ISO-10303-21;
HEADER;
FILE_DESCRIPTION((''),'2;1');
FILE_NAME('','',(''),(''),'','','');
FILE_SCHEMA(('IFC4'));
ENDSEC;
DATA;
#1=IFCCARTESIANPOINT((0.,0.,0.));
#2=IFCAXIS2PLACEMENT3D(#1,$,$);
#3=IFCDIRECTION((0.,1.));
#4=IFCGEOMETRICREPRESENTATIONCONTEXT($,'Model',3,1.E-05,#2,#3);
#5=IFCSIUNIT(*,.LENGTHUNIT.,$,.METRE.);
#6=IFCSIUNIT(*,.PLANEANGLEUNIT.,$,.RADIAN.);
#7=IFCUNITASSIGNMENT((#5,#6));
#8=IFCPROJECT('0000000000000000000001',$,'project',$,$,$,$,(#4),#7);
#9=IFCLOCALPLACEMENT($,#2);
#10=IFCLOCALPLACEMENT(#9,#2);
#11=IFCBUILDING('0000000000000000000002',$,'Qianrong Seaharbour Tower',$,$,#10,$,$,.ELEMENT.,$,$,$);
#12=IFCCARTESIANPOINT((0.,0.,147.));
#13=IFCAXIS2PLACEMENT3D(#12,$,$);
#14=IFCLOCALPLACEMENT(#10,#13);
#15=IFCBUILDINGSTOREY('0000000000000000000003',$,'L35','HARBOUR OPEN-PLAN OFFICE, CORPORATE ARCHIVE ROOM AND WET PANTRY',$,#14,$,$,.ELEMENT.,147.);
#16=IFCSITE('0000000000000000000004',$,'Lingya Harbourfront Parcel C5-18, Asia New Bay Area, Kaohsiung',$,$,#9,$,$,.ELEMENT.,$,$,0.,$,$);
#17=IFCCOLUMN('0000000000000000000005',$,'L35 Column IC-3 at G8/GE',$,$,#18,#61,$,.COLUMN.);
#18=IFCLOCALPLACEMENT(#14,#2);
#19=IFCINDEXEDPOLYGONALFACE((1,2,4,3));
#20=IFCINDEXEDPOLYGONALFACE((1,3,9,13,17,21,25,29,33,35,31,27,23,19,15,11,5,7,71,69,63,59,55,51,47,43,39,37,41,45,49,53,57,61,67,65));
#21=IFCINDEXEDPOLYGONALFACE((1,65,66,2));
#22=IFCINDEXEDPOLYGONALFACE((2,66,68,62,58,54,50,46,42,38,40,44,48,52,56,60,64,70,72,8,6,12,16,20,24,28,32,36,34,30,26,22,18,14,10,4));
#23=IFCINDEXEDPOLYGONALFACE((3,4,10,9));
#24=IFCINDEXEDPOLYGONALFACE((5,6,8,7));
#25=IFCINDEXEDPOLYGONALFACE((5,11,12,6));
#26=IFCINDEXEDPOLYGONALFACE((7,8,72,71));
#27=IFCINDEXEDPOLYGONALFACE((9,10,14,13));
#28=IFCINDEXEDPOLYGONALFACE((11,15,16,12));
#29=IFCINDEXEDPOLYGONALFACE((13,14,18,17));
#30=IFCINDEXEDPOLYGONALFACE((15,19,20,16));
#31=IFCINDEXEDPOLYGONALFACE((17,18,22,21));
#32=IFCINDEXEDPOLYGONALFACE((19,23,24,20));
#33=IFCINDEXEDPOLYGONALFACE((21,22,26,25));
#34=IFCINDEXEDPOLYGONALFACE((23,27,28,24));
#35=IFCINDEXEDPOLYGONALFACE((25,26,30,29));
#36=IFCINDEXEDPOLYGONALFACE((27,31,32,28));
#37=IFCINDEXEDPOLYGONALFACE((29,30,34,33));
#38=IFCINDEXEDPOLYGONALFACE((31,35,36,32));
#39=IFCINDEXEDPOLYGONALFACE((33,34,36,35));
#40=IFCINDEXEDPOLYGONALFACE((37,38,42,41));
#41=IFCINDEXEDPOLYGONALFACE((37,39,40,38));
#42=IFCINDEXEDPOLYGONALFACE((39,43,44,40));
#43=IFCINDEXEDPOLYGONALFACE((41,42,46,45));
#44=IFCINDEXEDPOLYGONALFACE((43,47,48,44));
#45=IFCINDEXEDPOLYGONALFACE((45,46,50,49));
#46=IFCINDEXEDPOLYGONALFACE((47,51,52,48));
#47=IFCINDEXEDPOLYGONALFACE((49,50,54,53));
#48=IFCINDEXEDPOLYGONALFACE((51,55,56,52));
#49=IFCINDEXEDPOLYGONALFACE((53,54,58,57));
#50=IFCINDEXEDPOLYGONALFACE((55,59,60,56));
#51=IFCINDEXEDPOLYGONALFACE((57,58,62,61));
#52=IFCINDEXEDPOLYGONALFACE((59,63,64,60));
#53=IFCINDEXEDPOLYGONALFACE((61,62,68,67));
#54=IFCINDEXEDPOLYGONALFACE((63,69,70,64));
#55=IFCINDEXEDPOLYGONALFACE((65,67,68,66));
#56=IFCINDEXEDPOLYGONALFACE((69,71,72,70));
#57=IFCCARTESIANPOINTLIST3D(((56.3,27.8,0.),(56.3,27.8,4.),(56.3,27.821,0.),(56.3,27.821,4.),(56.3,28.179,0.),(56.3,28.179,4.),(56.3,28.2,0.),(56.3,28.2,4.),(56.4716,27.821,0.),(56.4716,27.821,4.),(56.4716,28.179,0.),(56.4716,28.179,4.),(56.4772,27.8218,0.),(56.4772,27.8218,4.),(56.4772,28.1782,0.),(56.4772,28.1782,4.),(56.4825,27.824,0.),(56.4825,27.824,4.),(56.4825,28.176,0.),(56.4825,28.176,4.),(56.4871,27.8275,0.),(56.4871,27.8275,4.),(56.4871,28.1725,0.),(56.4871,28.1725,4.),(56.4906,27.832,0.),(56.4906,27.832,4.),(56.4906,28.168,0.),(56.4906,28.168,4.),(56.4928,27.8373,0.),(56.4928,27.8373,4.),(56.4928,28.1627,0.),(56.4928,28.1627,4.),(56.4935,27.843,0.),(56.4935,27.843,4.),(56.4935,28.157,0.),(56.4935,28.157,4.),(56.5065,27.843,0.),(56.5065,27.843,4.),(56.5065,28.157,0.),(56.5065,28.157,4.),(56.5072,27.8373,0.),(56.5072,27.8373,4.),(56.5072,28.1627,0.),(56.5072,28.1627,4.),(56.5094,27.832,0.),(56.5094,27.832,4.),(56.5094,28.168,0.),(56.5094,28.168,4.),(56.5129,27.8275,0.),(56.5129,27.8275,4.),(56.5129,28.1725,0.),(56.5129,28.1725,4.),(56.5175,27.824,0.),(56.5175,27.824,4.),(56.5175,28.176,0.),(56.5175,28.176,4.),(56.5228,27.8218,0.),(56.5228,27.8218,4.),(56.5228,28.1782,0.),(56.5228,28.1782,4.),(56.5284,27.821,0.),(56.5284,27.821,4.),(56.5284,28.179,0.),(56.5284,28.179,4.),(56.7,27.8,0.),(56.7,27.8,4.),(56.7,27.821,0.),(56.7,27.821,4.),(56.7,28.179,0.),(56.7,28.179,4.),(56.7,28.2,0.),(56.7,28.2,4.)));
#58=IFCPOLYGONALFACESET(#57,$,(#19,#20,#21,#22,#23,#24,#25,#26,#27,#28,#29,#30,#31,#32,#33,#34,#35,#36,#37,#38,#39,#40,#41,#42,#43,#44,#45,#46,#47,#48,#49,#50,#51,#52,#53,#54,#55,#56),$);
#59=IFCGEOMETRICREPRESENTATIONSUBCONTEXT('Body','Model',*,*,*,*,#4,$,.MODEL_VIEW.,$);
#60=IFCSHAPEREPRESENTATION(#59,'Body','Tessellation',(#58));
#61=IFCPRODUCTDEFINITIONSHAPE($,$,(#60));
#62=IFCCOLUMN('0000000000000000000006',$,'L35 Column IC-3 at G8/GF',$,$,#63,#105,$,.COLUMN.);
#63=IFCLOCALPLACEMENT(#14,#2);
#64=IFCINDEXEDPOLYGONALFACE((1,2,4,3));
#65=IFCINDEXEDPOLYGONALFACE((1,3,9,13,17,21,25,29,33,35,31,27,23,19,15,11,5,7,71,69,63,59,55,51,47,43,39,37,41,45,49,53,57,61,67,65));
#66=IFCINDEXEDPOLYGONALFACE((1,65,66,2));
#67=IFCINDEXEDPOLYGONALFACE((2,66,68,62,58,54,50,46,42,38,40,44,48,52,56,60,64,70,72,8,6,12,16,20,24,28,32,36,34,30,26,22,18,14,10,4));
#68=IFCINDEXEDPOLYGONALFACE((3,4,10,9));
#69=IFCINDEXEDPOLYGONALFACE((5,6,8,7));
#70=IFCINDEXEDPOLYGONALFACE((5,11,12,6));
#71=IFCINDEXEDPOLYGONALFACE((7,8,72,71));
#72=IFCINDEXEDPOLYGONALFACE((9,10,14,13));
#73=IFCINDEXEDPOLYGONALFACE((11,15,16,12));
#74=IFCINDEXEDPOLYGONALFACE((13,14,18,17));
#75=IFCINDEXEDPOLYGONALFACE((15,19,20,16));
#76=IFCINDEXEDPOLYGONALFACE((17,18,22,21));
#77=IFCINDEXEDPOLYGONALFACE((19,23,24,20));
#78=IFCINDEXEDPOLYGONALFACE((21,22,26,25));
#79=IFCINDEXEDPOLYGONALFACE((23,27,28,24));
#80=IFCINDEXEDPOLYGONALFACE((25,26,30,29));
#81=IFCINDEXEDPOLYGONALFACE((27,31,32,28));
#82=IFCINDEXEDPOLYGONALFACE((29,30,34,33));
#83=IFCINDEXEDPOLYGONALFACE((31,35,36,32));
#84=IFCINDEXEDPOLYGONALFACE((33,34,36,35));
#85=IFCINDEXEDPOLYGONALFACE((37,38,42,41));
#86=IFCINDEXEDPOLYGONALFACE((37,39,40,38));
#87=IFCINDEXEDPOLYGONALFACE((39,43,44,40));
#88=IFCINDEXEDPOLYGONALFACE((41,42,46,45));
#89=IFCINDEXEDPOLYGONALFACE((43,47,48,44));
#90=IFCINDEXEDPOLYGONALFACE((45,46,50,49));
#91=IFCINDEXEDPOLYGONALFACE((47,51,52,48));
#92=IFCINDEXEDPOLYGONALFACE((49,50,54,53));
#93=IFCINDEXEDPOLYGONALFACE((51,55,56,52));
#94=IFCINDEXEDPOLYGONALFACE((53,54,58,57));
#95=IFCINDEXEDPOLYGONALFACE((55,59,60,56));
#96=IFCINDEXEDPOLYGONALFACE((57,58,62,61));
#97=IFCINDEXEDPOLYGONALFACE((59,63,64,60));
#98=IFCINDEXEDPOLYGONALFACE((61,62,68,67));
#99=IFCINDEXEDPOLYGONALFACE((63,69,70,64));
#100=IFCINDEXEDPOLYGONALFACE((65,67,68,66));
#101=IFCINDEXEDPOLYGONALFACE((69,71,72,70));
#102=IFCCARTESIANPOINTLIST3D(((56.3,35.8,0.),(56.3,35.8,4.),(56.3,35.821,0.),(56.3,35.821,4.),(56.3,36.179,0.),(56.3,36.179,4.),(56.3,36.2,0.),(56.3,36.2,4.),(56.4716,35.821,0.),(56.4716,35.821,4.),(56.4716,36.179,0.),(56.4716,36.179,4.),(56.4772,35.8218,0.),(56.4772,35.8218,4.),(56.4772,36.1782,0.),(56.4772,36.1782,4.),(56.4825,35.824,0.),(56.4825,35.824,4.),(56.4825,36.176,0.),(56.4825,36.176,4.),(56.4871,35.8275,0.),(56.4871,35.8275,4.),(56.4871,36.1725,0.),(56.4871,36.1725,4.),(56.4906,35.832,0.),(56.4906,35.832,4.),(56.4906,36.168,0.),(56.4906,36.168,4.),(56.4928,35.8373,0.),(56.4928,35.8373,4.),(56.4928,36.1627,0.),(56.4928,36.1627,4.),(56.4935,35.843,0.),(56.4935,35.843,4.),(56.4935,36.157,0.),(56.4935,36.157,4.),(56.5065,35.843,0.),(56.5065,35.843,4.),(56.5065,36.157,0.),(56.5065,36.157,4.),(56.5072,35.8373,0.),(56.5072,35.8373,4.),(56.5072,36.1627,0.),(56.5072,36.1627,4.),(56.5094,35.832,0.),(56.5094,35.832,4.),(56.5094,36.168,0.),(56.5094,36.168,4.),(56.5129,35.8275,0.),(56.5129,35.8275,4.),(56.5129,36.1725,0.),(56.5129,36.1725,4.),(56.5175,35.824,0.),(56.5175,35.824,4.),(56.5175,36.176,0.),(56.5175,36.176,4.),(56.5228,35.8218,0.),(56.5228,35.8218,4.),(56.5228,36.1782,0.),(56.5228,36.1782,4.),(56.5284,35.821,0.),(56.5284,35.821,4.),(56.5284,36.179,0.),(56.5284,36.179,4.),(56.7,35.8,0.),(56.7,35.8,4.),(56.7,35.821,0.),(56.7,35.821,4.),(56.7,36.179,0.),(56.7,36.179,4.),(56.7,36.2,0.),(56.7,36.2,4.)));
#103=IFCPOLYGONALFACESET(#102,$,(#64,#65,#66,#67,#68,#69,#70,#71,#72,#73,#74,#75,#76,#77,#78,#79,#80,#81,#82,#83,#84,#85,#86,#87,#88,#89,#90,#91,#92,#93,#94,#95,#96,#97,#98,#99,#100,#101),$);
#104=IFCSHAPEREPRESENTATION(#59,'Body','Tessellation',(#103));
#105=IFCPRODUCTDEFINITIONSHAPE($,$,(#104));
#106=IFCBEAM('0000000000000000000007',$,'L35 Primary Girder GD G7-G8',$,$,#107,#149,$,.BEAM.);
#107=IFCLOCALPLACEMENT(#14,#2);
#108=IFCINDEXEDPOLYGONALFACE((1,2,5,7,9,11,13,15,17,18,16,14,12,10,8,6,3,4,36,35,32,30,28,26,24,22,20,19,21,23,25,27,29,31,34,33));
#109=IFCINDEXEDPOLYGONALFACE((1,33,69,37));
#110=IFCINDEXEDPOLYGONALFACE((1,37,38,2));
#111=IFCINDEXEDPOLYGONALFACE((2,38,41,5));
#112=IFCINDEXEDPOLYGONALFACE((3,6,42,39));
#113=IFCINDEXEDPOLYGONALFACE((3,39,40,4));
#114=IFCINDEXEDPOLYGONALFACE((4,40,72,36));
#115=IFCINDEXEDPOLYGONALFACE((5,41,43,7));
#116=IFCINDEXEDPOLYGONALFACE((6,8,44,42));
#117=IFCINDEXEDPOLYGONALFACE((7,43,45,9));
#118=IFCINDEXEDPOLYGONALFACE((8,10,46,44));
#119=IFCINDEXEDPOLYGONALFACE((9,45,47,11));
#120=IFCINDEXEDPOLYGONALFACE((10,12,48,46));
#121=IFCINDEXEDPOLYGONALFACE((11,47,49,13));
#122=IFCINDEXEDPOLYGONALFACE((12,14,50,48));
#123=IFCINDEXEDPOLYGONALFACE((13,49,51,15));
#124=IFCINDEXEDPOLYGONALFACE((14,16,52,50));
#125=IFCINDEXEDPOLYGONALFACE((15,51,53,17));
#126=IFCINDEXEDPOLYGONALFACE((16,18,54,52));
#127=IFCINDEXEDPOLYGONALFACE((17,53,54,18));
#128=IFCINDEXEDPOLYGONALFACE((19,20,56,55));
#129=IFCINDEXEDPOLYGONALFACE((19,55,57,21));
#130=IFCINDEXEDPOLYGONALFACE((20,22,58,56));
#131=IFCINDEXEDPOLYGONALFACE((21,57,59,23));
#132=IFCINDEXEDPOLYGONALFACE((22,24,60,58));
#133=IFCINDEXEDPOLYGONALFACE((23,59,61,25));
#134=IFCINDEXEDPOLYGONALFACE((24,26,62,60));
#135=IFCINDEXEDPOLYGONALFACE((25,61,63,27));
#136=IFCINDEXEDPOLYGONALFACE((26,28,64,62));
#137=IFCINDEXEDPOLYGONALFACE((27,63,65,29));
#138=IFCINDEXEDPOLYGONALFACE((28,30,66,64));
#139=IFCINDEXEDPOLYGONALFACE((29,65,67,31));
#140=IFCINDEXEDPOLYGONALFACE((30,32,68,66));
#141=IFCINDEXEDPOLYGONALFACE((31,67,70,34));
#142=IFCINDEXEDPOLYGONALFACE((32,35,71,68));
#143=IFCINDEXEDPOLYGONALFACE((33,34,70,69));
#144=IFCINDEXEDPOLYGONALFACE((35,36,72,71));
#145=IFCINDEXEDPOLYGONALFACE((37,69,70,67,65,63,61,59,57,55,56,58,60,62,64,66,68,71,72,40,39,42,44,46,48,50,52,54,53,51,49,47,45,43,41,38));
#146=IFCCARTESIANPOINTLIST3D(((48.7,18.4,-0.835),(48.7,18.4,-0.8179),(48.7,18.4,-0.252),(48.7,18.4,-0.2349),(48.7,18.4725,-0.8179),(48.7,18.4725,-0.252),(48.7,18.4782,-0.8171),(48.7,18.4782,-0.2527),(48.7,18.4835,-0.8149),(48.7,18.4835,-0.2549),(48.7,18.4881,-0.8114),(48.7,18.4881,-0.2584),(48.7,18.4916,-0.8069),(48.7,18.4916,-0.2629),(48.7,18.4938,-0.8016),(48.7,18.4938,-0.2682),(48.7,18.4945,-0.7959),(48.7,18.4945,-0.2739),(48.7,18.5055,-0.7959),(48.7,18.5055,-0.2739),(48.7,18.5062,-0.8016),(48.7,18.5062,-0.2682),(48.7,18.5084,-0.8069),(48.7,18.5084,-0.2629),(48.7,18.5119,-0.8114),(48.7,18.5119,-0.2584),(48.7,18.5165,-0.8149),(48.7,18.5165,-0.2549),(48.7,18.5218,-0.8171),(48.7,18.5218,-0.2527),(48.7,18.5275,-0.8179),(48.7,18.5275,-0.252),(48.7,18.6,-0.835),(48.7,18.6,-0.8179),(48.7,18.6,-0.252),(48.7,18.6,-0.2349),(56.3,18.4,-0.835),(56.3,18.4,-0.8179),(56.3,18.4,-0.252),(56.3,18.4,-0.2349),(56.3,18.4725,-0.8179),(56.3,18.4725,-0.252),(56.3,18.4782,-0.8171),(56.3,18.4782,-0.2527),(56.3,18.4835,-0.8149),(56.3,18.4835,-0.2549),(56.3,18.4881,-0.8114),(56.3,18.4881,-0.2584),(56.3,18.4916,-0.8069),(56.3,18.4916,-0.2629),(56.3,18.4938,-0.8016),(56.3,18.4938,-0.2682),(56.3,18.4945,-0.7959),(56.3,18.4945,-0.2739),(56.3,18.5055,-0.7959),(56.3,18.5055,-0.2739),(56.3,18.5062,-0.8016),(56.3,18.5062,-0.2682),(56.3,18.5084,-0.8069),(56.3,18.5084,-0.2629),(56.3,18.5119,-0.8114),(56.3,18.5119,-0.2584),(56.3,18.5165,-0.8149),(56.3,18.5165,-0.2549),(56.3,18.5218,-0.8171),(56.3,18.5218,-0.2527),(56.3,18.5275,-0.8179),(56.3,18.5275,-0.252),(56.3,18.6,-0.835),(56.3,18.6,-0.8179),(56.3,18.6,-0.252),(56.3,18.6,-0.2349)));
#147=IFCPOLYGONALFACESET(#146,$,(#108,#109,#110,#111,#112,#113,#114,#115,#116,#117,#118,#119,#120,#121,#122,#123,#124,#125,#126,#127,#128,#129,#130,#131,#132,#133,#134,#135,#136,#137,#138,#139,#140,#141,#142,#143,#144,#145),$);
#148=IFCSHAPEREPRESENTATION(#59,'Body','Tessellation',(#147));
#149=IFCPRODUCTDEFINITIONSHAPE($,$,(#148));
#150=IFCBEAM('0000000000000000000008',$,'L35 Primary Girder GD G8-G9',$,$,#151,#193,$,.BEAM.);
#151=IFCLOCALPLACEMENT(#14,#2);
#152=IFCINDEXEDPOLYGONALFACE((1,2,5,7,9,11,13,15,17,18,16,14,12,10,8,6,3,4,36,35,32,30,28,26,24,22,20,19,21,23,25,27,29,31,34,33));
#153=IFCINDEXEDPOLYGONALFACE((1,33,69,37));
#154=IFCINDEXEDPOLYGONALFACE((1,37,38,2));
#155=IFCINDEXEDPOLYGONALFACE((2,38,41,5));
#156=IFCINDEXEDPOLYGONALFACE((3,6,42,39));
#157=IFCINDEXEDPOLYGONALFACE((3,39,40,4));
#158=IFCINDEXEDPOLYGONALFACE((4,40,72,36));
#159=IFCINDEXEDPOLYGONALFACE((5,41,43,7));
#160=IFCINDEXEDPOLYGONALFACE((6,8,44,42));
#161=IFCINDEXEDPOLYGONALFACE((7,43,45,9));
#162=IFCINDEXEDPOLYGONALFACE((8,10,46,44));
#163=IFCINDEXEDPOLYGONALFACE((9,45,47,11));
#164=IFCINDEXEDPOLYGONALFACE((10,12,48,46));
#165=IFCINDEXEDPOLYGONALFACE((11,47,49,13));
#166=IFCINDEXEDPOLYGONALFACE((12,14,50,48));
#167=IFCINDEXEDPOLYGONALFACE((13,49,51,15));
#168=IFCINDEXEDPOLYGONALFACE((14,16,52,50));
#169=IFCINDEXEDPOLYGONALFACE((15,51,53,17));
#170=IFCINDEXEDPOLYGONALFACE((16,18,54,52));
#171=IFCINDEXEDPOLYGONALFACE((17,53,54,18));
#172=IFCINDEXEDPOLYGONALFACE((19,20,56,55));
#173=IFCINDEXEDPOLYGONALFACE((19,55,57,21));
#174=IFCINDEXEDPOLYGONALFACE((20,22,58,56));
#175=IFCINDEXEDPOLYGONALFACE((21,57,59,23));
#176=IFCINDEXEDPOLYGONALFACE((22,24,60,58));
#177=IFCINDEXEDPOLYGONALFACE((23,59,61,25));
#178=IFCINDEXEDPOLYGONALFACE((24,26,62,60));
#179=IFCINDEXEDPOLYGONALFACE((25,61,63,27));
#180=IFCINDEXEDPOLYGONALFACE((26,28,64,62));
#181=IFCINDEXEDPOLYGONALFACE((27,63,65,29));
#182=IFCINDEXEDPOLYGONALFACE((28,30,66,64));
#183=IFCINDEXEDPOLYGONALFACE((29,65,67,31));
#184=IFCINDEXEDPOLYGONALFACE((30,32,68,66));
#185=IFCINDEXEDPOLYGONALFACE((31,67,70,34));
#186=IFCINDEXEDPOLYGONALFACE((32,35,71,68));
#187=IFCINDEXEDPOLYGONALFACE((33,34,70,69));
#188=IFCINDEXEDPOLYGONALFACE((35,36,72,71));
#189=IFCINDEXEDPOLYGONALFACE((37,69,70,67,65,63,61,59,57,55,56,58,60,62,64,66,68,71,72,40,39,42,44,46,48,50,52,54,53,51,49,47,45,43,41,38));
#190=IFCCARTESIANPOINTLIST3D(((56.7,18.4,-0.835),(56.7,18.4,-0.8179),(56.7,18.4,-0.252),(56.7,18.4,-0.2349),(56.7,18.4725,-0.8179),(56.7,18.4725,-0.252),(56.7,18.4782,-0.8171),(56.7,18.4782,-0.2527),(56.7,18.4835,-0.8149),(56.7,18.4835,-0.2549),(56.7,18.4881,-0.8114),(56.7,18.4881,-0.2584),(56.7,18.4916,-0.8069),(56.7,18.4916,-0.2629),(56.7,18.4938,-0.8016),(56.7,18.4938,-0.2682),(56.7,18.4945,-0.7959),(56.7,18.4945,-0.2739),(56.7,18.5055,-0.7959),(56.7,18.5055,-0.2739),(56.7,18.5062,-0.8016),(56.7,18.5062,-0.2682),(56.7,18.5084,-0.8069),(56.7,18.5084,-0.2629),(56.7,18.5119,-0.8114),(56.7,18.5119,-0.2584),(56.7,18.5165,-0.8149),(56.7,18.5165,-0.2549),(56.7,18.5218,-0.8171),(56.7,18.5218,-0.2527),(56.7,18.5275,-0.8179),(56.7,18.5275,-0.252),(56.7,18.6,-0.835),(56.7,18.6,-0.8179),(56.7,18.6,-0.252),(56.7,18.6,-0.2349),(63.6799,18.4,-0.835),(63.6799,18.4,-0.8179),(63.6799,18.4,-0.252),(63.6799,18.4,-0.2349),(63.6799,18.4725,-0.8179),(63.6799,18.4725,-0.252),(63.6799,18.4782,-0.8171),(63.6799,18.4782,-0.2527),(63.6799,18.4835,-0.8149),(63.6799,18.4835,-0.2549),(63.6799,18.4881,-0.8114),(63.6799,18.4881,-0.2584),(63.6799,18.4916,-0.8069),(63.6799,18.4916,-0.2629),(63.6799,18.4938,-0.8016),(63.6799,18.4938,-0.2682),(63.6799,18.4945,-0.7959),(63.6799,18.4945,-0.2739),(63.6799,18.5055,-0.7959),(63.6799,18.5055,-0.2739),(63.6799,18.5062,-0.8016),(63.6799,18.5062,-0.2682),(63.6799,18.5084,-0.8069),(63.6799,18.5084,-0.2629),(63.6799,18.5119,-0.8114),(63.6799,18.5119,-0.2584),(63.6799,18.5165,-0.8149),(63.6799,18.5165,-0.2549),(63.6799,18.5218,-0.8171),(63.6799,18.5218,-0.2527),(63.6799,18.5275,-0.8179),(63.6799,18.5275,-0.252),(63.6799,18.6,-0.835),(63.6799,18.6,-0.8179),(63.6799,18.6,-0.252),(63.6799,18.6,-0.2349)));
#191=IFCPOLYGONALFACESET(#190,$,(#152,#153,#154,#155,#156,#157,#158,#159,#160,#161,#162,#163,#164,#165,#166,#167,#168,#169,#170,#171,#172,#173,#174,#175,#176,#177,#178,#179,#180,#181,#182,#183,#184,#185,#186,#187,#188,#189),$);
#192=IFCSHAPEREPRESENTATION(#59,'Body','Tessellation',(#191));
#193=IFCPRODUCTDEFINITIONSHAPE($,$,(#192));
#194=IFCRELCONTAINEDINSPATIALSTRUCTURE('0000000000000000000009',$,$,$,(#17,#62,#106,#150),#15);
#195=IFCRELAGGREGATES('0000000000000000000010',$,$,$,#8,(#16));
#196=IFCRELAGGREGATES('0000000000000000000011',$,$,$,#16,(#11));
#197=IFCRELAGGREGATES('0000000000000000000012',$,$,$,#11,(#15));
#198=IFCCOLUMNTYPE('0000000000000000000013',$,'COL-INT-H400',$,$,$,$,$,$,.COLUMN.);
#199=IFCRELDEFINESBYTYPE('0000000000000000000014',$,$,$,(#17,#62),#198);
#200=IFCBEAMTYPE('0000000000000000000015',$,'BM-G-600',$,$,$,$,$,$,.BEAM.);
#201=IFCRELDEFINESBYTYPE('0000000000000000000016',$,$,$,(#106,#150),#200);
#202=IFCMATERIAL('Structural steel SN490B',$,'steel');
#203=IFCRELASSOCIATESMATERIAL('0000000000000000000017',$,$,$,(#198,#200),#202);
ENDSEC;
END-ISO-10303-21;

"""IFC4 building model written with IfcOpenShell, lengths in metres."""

from ifc_helpers import new_model, si_unit, direction, frame, origin, origin_2d, place, context, subcontext, project, spatial, i_section, extrude, material, material_profile, profile_set, type_object, element, save


model = new_model("IFC4")

# Units and contexts
model_context = context("Model", 3, precision=1e-05, world=origin(), true_north=direction((0.0, 1.0)))
body_context = subcontext(model_context, "Body", "Model", "MODEL_VIEW")
ifc_project = project(units=[si_unit("LENGTHUNIT", "METRE"), si_unit("PLANEANGLEUNIT", "RADIAN")], contexts=[model_context])

# Site, building, storey
site_placement = place(None, origin())
site = spatial("IfcSite", under=ifc_project, at=site_placement, Name="Lingya Harbourfront Parcel C5-18, Asia New Bay Area, Kaohsiung", CompositionType="ELEMENT", RefElevation=0.0)
building_placement = place(site_placement, origin())
building = spatial("IfcBuilding", under=site, at=building_placement, Name="Qianrong Seaharbour Tower", CompositionType="ELEMENT")
storey_placement = place(building_placement, frame((0.0, 0.0, 147.0)))
storey = spatial("IfcBuildingStorey", under=building, at=storey_placement, Name="L35", Description="HARBOUR OPEN-PLAN OFFICE, CORPORATE ARCHIVE ROOM AND WET PANTRY", CompositionType="ELEMENT", Elevation=147.0)

# Columns
ifc_material_1 = material(Name="Structural steel SN490B", Category="steel")
ifc_material_profile_1 = material_profile(ifc_material_1, i_section(OverallWidth=0.3999, OverallDepth=0.3999, WebThickness=0.0129, FlangeThickness=0.021, FilletRadius=0.022, at=origin_2d()), Name="H400x400x13x21")
ifc_profile_set_1 = profile_set([ifc_material_profile_1], Name="Structural steel SN490B")
column_type_1 = type_object("IfcColumnType", Name="COL-INT-H400", PredefinedType="COLUMN", material=ifc_profile_set_1)
for number, where, z_axis, x_axis, name in (
    (1, (56.5, 28.0, 0.0), (0.0, 0.0, 1.0), (1.0, 0.0, 0.0), "L35 Column IC-3 at G8/GE"),
    (2, (56.5, 36.0, 0.0), (0.0, 0.0, 1.0), (1.0, 0.0, 0.0), "L35 Column IC-3 at G8/GF"),
):
    element("IfcColumn", number, at=place(storey_placement, frame(where, z_axis=z_axis, x_axis=x_axis)), inside=storey, type_object=column_type_1, Name=name, PredefinedType="COLUMN", context=body_context, shape_type="SweptSolid", body=[
        extrude(i_section(OverallWidth=0.3999, OverallDepth=0.3999, WebThickness=0.0129, FlangeThickness=0.021, FilletRadius=0.022, at=origin_2d()), origin(), (0.0, 0.0, 1.0), 4.0),
    ])

# Beams
ifc_material_profile_2 = material_profile(ifc_material_1, i_section(OverallWidth=0.2, OverallDepth=0.6001, WebThickness=0.011, FlangeThickness=0.0171, FilletRadius=0.022, at=origin_2d()), Name="H600x200x11x17")
ifc_profile_set_2 = profile_set([ifc_material_profile_2], Name="Structural steel SN490B")
beam_type_1 = type_object("IfcBeamType", Name="BM-G-600", PredefinedType="BEAM", material=ifc_profile_set_2)
beam_1_placement = place(storey_placement, frame((48.7, 18.5, -0.5349), z_axis=(1.0, 0.0, 0.0), x_axis=(0.0, 1.0, 0.0)))
element("IfcBeam", 3, at=beam_1_placement, inside=storey, type_object=beam_type_1, Name="L35 Primary Girder GD G7-G8", PredefinedType="BEAM", context=body_context, shape_type="SweptSolid", body=[
    extrude(i_section(OverallWidth=0.2, OverallDepth=0.6001, WebThickness=0.011, FlangeThickness=0.0171, FilletRadius=0.022, at=origin_2d()), origin(), (0.0, 0.0, 1.0), 7.6001),
])
beam_2_placement = place(storey_placement, frame((56.7, 18.5, -0.5349), z_axis=(1.0, 0.0, 0.0), x_axis=(0.0, 1.0, 0.0)))
element("IfcBeam", 4, at=beam_2_placement, inside=storey, type_object=beam_type_1, Name="L35 Primary Girder GD G8-G9", PredefinedType="BEAM", context=body_context, shape_type="SweptSolid", body=[
    extrude(i_section(OverallWidth=0.2, OverallDepth=0.6001, WebThickness=0.011, FlangeThickness=0.0171, FilletRadius=0.022, at=origin_2d()), origin(), (0.0, 0.0, 1.0), 6.98),
])

save(model, "model.ifc")
